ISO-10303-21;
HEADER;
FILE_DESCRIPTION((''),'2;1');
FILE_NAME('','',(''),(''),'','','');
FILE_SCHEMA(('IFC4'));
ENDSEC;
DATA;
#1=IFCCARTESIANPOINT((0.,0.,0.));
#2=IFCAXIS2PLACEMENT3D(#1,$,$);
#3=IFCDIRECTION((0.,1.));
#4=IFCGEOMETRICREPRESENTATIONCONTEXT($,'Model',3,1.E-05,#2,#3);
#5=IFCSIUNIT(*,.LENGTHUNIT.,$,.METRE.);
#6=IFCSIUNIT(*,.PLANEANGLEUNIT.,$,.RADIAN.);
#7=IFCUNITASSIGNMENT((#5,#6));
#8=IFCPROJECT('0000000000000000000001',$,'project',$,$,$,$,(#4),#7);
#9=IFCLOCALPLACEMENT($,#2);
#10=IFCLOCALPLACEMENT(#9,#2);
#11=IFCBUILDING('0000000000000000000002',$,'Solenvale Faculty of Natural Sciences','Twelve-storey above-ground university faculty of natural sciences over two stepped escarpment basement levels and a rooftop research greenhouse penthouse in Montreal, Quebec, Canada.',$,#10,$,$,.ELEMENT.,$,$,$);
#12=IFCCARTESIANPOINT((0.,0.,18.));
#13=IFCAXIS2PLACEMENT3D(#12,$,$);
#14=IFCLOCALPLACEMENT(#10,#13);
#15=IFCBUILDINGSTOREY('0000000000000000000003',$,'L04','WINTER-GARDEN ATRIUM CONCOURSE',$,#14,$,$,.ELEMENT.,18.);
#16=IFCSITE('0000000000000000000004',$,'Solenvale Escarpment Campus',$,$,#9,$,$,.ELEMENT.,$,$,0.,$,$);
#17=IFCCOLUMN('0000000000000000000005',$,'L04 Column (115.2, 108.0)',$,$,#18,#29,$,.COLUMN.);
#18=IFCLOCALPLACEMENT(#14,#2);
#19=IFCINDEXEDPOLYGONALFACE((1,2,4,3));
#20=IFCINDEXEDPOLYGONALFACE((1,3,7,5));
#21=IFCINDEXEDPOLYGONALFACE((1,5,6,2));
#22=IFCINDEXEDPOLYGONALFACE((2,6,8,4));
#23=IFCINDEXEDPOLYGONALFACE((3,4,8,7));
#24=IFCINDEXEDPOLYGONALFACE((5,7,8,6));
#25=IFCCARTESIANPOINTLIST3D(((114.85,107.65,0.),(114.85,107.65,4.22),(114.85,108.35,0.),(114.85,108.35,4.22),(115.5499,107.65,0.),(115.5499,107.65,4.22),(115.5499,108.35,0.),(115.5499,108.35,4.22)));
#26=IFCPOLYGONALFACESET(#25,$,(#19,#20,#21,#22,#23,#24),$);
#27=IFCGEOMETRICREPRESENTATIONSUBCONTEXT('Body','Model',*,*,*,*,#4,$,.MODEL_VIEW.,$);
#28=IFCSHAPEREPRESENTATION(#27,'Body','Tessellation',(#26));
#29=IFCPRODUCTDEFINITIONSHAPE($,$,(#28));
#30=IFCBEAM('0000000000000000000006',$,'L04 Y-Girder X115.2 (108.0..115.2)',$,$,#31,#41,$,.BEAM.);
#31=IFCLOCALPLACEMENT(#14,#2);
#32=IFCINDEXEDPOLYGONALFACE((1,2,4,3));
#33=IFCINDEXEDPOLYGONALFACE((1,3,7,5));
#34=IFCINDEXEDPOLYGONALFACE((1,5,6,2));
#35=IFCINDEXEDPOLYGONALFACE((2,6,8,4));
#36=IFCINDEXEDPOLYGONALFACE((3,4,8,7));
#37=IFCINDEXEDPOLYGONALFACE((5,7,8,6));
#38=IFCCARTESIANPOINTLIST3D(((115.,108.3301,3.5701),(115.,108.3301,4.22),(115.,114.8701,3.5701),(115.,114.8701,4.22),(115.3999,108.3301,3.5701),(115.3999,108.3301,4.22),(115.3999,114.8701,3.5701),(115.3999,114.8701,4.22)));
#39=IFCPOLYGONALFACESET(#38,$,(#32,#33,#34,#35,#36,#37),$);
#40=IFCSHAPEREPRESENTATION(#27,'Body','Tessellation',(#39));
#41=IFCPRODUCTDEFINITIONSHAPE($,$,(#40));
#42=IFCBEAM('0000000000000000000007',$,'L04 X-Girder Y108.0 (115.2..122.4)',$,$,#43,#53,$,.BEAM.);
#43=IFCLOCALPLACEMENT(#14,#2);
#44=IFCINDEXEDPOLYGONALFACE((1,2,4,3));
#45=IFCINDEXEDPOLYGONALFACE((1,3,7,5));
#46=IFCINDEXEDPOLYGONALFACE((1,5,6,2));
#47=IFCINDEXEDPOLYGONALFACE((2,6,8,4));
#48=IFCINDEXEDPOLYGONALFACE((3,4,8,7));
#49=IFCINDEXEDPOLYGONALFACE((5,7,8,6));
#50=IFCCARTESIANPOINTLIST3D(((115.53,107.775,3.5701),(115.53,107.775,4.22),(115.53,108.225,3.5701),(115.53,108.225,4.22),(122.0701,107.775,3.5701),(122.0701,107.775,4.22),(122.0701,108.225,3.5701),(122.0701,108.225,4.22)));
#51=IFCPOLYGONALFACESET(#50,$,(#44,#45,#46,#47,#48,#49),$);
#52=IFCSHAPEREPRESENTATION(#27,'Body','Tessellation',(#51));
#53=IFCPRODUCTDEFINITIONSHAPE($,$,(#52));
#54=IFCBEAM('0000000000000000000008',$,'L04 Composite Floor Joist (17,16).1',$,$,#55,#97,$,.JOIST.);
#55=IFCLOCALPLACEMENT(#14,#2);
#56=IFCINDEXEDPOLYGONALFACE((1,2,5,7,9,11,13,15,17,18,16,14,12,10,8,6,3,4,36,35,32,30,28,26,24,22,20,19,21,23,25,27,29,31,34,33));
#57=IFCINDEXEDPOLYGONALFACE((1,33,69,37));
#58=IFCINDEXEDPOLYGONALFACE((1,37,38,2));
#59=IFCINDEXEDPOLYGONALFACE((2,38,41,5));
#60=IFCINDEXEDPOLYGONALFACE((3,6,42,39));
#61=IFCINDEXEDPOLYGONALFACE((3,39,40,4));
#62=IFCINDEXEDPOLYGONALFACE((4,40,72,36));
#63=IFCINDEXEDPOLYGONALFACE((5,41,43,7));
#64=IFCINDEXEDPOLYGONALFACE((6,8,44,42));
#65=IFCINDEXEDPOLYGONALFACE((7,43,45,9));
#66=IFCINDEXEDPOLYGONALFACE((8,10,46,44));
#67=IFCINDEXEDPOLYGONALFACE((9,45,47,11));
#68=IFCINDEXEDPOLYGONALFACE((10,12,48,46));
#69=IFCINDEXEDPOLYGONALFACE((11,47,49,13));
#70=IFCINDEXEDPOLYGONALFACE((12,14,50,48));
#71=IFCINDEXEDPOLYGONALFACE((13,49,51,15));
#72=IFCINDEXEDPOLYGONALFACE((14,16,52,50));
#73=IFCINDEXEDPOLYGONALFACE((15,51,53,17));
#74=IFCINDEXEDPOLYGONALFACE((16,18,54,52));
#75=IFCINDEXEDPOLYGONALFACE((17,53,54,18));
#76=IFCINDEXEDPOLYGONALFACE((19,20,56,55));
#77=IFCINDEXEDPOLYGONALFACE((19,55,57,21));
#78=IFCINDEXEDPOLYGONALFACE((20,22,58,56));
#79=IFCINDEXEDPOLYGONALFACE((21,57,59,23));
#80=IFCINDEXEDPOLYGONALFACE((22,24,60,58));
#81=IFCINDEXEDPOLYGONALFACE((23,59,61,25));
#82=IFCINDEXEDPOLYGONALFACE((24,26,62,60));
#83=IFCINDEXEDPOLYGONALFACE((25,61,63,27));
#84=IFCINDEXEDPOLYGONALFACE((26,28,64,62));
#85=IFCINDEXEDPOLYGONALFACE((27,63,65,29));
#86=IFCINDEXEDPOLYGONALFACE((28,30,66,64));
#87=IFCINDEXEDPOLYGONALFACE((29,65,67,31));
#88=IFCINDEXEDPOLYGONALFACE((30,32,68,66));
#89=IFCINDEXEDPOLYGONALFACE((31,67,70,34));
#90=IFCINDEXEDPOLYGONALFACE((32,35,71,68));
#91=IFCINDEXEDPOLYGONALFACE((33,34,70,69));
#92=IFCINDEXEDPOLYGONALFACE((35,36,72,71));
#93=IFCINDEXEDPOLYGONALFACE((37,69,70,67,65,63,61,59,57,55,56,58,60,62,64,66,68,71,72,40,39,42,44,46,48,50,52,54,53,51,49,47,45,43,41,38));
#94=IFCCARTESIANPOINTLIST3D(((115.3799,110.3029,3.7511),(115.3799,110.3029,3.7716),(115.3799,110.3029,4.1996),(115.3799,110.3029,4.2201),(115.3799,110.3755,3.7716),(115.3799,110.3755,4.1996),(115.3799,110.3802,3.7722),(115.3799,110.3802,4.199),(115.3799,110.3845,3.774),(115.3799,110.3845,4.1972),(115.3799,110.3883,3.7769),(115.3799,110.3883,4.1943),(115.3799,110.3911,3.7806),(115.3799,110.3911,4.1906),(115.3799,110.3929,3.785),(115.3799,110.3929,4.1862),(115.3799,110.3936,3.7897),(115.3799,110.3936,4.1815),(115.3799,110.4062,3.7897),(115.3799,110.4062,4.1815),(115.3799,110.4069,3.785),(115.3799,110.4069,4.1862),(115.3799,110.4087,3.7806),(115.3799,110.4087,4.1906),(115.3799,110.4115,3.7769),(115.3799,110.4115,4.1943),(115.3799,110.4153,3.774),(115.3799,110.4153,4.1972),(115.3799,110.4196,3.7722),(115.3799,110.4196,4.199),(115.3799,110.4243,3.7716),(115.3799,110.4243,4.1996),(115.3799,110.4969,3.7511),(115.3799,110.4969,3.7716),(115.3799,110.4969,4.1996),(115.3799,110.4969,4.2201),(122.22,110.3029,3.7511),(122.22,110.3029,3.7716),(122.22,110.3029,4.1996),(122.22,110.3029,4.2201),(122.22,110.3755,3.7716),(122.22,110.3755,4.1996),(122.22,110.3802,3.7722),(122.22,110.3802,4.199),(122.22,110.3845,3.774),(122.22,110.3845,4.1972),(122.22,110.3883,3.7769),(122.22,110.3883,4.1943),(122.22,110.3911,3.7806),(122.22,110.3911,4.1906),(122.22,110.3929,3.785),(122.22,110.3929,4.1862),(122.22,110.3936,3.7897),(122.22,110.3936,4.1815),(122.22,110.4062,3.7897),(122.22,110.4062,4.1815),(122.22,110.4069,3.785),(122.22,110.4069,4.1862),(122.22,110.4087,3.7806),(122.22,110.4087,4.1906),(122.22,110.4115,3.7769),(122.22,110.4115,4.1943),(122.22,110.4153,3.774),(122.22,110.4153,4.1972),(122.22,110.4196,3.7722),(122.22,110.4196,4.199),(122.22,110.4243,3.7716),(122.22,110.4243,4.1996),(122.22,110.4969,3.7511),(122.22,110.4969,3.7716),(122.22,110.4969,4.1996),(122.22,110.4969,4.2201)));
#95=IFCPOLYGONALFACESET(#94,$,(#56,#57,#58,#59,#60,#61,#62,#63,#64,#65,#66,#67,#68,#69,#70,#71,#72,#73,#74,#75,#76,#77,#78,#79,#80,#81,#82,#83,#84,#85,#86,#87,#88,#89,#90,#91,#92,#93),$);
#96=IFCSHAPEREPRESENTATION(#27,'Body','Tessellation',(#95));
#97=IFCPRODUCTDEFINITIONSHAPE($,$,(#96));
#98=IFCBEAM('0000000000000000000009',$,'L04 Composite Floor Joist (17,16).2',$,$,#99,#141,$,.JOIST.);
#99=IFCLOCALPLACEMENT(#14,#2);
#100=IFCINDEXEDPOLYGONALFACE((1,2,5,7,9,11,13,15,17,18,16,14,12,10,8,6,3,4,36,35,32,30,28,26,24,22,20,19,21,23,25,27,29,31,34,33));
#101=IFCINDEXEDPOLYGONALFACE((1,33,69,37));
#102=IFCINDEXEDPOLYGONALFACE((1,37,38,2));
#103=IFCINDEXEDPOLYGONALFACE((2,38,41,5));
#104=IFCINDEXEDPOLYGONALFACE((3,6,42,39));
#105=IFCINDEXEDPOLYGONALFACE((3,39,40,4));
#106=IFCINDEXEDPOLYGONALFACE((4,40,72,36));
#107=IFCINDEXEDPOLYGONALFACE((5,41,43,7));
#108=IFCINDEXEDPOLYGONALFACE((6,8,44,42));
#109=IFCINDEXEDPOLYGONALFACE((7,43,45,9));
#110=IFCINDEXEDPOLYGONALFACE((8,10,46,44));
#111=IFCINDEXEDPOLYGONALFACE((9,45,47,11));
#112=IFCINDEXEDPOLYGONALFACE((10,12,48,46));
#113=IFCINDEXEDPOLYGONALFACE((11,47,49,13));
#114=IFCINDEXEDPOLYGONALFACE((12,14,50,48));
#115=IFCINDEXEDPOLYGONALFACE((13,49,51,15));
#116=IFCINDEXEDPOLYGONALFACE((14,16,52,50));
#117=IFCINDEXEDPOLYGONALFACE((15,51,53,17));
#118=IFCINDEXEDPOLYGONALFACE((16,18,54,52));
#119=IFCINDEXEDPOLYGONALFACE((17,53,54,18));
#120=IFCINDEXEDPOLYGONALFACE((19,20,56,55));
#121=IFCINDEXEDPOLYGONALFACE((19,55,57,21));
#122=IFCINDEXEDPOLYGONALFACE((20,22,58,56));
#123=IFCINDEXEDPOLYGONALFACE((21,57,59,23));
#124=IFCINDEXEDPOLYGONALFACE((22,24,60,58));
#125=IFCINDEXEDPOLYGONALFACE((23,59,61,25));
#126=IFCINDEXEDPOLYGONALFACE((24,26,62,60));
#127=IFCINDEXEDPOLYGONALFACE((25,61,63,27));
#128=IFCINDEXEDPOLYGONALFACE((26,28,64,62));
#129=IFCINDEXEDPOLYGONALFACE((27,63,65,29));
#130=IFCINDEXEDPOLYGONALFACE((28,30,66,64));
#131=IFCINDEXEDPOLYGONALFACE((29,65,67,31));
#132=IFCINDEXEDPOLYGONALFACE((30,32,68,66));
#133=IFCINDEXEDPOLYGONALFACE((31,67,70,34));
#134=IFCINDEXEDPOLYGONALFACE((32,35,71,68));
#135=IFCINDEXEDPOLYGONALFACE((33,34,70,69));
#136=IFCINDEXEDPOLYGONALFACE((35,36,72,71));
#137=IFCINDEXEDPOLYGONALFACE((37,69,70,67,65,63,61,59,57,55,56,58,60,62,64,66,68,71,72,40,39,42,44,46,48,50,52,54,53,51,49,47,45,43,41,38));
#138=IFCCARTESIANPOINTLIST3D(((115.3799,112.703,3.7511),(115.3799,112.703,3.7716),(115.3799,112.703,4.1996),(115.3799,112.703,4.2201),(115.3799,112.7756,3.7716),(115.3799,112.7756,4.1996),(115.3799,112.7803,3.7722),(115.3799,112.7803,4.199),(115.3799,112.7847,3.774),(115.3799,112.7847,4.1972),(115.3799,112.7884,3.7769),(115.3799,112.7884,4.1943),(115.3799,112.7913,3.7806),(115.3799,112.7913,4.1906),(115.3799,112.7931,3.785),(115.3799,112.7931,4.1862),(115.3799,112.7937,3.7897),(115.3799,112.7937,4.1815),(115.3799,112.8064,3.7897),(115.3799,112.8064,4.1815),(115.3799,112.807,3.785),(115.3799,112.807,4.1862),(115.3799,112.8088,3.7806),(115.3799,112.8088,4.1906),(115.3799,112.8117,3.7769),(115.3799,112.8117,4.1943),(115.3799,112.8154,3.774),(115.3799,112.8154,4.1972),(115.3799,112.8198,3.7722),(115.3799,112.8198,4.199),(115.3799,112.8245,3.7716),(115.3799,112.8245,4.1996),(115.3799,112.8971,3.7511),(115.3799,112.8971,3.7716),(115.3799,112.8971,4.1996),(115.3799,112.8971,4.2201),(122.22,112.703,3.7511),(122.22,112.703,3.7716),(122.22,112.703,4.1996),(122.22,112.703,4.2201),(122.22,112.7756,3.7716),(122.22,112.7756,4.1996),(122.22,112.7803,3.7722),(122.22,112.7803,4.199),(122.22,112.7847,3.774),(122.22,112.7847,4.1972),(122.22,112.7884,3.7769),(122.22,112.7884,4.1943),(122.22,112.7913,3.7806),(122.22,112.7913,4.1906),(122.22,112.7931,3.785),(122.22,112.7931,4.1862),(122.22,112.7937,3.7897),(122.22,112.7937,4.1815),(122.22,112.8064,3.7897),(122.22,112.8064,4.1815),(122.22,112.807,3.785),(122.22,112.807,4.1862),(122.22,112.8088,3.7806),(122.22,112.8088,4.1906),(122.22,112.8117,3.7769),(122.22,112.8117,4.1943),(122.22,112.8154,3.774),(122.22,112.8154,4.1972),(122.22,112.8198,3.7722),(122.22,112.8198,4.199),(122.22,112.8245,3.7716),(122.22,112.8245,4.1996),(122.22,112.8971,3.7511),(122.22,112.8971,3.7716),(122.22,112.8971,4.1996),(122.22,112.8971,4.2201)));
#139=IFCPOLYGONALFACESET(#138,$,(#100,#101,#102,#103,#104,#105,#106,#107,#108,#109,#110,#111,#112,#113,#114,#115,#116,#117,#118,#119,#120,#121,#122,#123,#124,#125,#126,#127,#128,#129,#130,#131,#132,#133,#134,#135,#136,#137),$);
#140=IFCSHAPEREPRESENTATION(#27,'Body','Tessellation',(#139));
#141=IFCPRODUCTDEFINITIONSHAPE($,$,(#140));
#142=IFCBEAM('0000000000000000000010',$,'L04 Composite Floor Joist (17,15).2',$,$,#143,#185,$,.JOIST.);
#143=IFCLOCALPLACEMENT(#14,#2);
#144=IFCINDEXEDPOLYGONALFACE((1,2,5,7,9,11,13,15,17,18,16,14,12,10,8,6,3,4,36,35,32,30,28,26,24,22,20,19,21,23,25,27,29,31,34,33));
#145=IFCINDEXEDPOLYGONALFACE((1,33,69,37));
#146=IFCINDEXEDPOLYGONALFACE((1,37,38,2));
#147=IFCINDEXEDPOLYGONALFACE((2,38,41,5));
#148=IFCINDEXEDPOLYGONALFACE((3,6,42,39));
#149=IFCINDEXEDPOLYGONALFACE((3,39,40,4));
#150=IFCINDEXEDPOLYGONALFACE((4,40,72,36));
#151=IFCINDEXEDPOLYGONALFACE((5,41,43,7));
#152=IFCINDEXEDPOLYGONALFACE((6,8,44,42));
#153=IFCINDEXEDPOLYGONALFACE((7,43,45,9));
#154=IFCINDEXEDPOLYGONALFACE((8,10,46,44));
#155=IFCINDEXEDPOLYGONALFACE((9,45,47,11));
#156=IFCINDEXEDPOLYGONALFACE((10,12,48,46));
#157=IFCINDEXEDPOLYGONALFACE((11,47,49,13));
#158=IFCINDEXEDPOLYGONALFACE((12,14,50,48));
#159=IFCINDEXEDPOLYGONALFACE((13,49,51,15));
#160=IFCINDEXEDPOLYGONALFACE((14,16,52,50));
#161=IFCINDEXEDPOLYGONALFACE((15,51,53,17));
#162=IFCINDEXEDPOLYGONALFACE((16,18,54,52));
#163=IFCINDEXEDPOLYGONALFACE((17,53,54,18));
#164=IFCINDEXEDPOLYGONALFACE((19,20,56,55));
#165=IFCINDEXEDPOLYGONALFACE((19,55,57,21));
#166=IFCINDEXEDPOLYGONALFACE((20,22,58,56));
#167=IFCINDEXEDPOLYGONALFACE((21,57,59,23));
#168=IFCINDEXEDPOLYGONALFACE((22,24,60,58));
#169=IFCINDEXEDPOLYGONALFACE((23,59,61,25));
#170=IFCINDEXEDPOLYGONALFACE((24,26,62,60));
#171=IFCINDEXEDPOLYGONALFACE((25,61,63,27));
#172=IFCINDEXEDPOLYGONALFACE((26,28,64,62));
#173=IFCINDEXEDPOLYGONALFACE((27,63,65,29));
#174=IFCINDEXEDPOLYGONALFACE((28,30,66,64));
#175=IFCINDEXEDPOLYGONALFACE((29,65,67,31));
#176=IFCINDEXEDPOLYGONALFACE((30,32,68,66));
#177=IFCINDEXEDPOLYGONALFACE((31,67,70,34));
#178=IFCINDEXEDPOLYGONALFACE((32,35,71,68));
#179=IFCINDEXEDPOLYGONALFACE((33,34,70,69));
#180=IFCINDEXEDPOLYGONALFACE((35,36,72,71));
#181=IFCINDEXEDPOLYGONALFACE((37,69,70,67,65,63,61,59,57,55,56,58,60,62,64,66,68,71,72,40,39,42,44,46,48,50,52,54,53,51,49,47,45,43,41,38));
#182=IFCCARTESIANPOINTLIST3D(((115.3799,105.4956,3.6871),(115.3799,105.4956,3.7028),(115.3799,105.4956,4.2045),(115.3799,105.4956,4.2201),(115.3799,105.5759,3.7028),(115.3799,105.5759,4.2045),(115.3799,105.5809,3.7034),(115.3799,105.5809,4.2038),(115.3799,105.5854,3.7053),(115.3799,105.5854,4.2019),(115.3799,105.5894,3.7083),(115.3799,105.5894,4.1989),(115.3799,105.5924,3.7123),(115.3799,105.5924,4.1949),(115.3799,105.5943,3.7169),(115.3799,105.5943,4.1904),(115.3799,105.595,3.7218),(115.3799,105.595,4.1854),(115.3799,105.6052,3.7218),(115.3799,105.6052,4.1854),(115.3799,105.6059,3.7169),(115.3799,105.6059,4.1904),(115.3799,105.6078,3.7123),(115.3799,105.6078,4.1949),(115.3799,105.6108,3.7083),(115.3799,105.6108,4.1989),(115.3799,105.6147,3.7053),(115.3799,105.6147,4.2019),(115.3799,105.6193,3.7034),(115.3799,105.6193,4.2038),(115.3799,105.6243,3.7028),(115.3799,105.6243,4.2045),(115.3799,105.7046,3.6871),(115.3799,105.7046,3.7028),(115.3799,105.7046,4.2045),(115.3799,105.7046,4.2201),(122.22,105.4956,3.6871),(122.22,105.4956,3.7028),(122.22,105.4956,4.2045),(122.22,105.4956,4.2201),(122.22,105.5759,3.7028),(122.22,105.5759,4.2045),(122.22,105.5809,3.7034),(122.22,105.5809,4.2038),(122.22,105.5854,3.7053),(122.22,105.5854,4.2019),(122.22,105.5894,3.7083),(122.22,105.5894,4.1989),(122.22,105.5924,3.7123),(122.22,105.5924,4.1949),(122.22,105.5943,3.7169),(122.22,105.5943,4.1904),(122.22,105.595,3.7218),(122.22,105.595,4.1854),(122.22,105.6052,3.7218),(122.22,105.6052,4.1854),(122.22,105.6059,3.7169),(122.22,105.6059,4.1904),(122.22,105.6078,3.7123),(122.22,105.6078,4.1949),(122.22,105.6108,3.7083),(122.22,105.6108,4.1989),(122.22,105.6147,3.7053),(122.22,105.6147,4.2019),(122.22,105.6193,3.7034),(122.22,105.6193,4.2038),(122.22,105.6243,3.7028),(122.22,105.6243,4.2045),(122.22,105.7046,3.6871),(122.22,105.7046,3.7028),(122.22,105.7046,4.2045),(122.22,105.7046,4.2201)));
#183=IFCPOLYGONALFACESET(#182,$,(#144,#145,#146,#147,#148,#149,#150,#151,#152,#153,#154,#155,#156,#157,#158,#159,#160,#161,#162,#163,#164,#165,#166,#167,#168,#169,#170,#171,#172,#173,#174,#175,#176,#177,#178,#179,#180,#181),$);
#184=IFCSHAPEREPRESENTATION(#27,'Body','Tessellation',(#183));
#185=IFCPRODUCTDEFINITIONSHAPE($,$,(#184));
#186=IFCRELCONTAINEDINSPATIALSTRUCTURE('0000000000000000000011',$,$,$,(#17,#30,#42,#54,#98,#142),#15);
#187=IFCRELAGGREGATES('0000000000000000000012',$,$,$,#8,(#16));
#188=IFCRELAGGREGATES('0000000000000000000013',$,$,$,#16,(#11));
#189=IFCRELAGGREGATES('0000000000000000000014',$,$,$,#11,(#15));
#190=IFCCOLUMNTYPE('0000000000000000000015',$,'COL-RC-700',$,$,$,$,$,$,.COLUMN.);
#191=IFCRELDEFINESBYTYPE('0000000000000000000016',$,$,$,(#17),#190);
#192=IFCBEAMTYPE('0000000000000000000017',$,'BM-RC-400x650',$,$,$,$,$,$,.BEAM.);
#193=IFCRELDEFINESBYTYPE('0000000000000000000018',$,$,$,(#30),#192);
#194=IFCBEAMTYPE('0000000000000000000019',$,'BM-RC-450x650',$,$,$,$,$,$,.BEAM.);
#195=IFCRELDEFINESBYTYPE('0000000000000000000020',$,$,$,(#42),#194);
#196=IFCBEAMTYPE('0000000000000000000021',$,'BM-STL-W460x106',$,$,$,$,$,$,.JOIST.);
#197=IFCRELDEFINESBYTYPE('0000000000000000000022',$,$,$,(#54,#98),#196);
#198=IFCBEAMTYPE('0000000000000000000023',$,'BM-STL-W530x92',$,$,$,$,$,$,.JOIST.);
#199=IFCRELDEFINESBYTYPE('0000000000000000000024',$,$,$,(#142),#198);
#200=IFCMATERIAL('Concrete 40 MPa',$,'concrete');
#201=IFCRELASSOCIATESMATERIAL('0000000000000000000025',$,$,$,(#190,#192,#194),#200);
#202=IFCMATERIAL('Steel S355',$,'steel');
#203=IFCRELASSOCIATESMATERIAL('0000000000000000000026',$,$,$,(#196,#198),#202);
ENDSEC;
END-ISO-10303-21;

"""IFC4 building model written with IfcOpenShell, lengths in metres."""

from ifc_helpers import new_model, si_unit, direction, frame, origin, origin_2d, place, context, subcontext, project, spatial, rectangle, i_section, extrude, material, material_profile, profile_set, type_object, element, save


model = new_model("IFC4")

# Units and contexts
model_context = context("Model", 3, precision=1e-05, world=origin(), true_north=direction((0.0, 1.0)))
body_context = subcontext(model_context, "Body", "Model", "MODEL_VIEW")
ifc_project = project(units=[si_unit("LENGTHUNIT", "METRE"), si_unit("PLANEANGLEUNIT", "RADIAN")], contexts=[model_context])

# Site, building, storey
site_placement = place(None, origin())
site = spatial("IfcSite", under=ifc_project, at=site_placement, Name="Solenvale Escarpment Campus", CompositionType="ELEMENT", RefElevation=0.0)
building_placement = place(site_placement, origin())
building = spatial("IfcBuilding", under=site, at=building_placement, Name="Solenvale Faculty of Natural Sciences", Description="Twelve-storey above-ground university faculty of natural sciences over two stepped escarpment basement levels and a rooftop research greenhouse penthouse in Montreal, Quebec, Canada.", CompositionType="ELEMENT")
storey_placement = place(building_placement, frame((0.0, 0.0, 18.0)))
storey = spatial("IfcBuildingStorey", under=building, at=storey_placement, Name="L04", Description="WINTER-GARDEN ATRIUM CONCOURSE", CompositionType="ELEMENT", Elevation=18.0)

# Column
ifc_material_1 = material(Name="Concrete 40 MPa", Category="concrete")
ifc_material_profile_1 = material_profile(ifc_material_1, rectangle(XDim=0.7, YDim=0.7, at=origin_2d()), Name="RC-COL-700x700")
ifc_profile_set_1 = profile_set([ifc_material_profile_1], Name="Concrete 40 MPa")
column_type = type_object("IfcColumnType", Name="COL-RC-700", PredefinedType="COLUMN", material=ifc_profile_set_1)
column_placement = place(storey_placement, frame((115.2, 108.0, 0.0), z_axis=(0.0, 0.0, 1.0), x_axis=(1.0, 0.0, 0.0)))
element("IfcColumn", 1, at=column_placement, inside=storey, type_object=column_type, Name="L04 Column (115.2, 108.0)", PredefinedType="COLUMN", context=body_context, shape_type="SweptSolid", body=[
    extrude(rectangle(XDim=0.7, YDim=0.7, at=origin_2d()), origin(), (0.0, 0.0, 1.0), 4.22),
])

# Beams
ifc_material_profile_2 = material_profile(ifc_material_1, rectangle(XDim=0.3999, YDim=0.6499, at=origin_2d()), Name="RC-BM-400x650")
ifc_profile_set_2 = profile_set([ifc_material_profile_2], Name="Concrete 40 MPa")
beam_type_1 = type_object("IfcBeamType", Name="BM-RC-400x650", PredefinedType="BEAM", material=ifc_profile_set_2)
beam_1_placement = place(storey_placement, frame((115.2, 108.3301, 3.895), z_axis=(0.0, 1.0, 0.0), x_axis=(-1.0, 0.0, 0.0)))
element("IfcBeam", 2, at=beam_1_placement, inside=storey, type_object=beam_type_1, Name="L04 Y-Girder X115.2 (108.0..115.2)", PredefinedType="BEAM", context=body_context, shape_type="SweptSolid", body=[
    extrude(rectangle(XDim=0.3999, YDim=0.6499, at=origin_2d()), origin(), (0.0, 0.0, 1.0), 6.54),
])
ifc_material_profile_3 = material_profile(ifc_material_1, rectangle(XDim=0.45, YDim=0.6499, at=origin_2d()), Name="RC-BM-450x650")
ifc_profile_set_3 = profile_set([ifc_material_profile_3], Name="Concrete 40 MPa")
beam_type_2 = type_object("IfcBeamType", Name="BM-RC-450x650", PredefinedType="BEAM", material=ifc_profile_set_3)
beam_2_placement = place(storey_placement, frame((115.53, 108.0, 3.895), z_axis=(1.0, 0.0, 0.0), x_axis=(0.0, 1.0, 0.0)))
element("IfcBeam", 3, at=beam_2_placement, inside=storey, type_object=beam_type_2, Name="L04 X-Girder Y108.0 (115.2..122.4)", PredefinedType="BEAM", context=body_context, shape_type="SweptSolid", body=[
    extrude(rectangle(XDim=0.45, YDim=0.6499, at=origin_2d()), origin(), (0.0, 0.0, 1.0), 6.54),
])
ifc_material_2 = material(Name="Steel S355", Category="steel")
ifc_material_profile_4 = material_profile(ifc_material_2, i_section(OverallWidth=0.1941, OverallDepth=0.469, WebThickness=0.0127, FlangeThickness=0.0205, FilletRadius=0.0181, at=origin_2d()), Name="W460x106")
ifc_profile_set_4 = profile_set([ifc_material_profile_4], Name="Steel S355")
beam_type_3 = type_object("IfcBeamType", Name="BM-STL-W460x106", PredefinedType="JOIST", material=ifc_profile_set_4)
for number, where, z_axis, x_axis, name in (
    (4, (115.3799, 110.3999, 3.9856), (1.0, 0.0, 0.0), (0.0, 1.0, 0.0), "L04 Composite Floor Joist (17,16).1"),
    (5, (115.3799, 112.8, 3.9856), (1.0, 0.0, 0.0), (0.0, 1.0, 0.0), "L04 Composite Floor Joist (17,16).2"),
):
    element("IfcBeam", number, at=place(storey_placement, frame(where, z_axis=z_axis, x_axis=x_axis)), inside=storey, type_object=beam_type_3, Name=name, PredefinedType="JOIST", context=body_context, shape_type="SweptSolid", body=[
        extrude(i_section(OverallWidth=0.1941, OverallDepth=0.469, WebThickness=0.0127, FlangeThickness=0.0205, FilletRadius=0.0181, at=origin_2d()), origin(), (0.0, 0.0, 1.0), 6.8401),
    ])
ifc_material_profile_5 = material_profile(ifc_material_2, i_section(OverallWidth=0.209, OverallDepth=0.533, WebThickness=0.0103, FlangeThickness=0.0156, FilletRadius=0.019, at=origin_2d()), Name="W530x92")
ifc_profile_set_5 = profile_set([ifc_material_profile_5], Name="Steel S355")
beam_type_4 = type_object("IfcBeamType", Name="BM-STL-W530x92", PredefinedType="JOIST", material=ifc_profile_set_5)
beam_3_placement = place(storey_placement, frame((115.3799, 105.6001, 3.9536), z_axis=(1.0, 0.0, 0.0), x_axis=(0.0, 1.0, 0.0)))
element("IfcBeam", 6, at=beam_3_placement, inside=storey, type_object=beam_type_4, Name="L04 Composite Floor Joist (17,15).2", PredefinedType="JOIST", context=body_context, shape_type="SweptSolid", body=[
    extrude(i_section(OverallWidth=0.209, OverallDepth=0.533, WebThickness=0.0103, FlangeThickness=0.0156, FilletRadius=0.019, at=origin_2d()), origin(), (0.0, 0.0, 1.0), 6.8401),
])

save(model, "model.ifc")
